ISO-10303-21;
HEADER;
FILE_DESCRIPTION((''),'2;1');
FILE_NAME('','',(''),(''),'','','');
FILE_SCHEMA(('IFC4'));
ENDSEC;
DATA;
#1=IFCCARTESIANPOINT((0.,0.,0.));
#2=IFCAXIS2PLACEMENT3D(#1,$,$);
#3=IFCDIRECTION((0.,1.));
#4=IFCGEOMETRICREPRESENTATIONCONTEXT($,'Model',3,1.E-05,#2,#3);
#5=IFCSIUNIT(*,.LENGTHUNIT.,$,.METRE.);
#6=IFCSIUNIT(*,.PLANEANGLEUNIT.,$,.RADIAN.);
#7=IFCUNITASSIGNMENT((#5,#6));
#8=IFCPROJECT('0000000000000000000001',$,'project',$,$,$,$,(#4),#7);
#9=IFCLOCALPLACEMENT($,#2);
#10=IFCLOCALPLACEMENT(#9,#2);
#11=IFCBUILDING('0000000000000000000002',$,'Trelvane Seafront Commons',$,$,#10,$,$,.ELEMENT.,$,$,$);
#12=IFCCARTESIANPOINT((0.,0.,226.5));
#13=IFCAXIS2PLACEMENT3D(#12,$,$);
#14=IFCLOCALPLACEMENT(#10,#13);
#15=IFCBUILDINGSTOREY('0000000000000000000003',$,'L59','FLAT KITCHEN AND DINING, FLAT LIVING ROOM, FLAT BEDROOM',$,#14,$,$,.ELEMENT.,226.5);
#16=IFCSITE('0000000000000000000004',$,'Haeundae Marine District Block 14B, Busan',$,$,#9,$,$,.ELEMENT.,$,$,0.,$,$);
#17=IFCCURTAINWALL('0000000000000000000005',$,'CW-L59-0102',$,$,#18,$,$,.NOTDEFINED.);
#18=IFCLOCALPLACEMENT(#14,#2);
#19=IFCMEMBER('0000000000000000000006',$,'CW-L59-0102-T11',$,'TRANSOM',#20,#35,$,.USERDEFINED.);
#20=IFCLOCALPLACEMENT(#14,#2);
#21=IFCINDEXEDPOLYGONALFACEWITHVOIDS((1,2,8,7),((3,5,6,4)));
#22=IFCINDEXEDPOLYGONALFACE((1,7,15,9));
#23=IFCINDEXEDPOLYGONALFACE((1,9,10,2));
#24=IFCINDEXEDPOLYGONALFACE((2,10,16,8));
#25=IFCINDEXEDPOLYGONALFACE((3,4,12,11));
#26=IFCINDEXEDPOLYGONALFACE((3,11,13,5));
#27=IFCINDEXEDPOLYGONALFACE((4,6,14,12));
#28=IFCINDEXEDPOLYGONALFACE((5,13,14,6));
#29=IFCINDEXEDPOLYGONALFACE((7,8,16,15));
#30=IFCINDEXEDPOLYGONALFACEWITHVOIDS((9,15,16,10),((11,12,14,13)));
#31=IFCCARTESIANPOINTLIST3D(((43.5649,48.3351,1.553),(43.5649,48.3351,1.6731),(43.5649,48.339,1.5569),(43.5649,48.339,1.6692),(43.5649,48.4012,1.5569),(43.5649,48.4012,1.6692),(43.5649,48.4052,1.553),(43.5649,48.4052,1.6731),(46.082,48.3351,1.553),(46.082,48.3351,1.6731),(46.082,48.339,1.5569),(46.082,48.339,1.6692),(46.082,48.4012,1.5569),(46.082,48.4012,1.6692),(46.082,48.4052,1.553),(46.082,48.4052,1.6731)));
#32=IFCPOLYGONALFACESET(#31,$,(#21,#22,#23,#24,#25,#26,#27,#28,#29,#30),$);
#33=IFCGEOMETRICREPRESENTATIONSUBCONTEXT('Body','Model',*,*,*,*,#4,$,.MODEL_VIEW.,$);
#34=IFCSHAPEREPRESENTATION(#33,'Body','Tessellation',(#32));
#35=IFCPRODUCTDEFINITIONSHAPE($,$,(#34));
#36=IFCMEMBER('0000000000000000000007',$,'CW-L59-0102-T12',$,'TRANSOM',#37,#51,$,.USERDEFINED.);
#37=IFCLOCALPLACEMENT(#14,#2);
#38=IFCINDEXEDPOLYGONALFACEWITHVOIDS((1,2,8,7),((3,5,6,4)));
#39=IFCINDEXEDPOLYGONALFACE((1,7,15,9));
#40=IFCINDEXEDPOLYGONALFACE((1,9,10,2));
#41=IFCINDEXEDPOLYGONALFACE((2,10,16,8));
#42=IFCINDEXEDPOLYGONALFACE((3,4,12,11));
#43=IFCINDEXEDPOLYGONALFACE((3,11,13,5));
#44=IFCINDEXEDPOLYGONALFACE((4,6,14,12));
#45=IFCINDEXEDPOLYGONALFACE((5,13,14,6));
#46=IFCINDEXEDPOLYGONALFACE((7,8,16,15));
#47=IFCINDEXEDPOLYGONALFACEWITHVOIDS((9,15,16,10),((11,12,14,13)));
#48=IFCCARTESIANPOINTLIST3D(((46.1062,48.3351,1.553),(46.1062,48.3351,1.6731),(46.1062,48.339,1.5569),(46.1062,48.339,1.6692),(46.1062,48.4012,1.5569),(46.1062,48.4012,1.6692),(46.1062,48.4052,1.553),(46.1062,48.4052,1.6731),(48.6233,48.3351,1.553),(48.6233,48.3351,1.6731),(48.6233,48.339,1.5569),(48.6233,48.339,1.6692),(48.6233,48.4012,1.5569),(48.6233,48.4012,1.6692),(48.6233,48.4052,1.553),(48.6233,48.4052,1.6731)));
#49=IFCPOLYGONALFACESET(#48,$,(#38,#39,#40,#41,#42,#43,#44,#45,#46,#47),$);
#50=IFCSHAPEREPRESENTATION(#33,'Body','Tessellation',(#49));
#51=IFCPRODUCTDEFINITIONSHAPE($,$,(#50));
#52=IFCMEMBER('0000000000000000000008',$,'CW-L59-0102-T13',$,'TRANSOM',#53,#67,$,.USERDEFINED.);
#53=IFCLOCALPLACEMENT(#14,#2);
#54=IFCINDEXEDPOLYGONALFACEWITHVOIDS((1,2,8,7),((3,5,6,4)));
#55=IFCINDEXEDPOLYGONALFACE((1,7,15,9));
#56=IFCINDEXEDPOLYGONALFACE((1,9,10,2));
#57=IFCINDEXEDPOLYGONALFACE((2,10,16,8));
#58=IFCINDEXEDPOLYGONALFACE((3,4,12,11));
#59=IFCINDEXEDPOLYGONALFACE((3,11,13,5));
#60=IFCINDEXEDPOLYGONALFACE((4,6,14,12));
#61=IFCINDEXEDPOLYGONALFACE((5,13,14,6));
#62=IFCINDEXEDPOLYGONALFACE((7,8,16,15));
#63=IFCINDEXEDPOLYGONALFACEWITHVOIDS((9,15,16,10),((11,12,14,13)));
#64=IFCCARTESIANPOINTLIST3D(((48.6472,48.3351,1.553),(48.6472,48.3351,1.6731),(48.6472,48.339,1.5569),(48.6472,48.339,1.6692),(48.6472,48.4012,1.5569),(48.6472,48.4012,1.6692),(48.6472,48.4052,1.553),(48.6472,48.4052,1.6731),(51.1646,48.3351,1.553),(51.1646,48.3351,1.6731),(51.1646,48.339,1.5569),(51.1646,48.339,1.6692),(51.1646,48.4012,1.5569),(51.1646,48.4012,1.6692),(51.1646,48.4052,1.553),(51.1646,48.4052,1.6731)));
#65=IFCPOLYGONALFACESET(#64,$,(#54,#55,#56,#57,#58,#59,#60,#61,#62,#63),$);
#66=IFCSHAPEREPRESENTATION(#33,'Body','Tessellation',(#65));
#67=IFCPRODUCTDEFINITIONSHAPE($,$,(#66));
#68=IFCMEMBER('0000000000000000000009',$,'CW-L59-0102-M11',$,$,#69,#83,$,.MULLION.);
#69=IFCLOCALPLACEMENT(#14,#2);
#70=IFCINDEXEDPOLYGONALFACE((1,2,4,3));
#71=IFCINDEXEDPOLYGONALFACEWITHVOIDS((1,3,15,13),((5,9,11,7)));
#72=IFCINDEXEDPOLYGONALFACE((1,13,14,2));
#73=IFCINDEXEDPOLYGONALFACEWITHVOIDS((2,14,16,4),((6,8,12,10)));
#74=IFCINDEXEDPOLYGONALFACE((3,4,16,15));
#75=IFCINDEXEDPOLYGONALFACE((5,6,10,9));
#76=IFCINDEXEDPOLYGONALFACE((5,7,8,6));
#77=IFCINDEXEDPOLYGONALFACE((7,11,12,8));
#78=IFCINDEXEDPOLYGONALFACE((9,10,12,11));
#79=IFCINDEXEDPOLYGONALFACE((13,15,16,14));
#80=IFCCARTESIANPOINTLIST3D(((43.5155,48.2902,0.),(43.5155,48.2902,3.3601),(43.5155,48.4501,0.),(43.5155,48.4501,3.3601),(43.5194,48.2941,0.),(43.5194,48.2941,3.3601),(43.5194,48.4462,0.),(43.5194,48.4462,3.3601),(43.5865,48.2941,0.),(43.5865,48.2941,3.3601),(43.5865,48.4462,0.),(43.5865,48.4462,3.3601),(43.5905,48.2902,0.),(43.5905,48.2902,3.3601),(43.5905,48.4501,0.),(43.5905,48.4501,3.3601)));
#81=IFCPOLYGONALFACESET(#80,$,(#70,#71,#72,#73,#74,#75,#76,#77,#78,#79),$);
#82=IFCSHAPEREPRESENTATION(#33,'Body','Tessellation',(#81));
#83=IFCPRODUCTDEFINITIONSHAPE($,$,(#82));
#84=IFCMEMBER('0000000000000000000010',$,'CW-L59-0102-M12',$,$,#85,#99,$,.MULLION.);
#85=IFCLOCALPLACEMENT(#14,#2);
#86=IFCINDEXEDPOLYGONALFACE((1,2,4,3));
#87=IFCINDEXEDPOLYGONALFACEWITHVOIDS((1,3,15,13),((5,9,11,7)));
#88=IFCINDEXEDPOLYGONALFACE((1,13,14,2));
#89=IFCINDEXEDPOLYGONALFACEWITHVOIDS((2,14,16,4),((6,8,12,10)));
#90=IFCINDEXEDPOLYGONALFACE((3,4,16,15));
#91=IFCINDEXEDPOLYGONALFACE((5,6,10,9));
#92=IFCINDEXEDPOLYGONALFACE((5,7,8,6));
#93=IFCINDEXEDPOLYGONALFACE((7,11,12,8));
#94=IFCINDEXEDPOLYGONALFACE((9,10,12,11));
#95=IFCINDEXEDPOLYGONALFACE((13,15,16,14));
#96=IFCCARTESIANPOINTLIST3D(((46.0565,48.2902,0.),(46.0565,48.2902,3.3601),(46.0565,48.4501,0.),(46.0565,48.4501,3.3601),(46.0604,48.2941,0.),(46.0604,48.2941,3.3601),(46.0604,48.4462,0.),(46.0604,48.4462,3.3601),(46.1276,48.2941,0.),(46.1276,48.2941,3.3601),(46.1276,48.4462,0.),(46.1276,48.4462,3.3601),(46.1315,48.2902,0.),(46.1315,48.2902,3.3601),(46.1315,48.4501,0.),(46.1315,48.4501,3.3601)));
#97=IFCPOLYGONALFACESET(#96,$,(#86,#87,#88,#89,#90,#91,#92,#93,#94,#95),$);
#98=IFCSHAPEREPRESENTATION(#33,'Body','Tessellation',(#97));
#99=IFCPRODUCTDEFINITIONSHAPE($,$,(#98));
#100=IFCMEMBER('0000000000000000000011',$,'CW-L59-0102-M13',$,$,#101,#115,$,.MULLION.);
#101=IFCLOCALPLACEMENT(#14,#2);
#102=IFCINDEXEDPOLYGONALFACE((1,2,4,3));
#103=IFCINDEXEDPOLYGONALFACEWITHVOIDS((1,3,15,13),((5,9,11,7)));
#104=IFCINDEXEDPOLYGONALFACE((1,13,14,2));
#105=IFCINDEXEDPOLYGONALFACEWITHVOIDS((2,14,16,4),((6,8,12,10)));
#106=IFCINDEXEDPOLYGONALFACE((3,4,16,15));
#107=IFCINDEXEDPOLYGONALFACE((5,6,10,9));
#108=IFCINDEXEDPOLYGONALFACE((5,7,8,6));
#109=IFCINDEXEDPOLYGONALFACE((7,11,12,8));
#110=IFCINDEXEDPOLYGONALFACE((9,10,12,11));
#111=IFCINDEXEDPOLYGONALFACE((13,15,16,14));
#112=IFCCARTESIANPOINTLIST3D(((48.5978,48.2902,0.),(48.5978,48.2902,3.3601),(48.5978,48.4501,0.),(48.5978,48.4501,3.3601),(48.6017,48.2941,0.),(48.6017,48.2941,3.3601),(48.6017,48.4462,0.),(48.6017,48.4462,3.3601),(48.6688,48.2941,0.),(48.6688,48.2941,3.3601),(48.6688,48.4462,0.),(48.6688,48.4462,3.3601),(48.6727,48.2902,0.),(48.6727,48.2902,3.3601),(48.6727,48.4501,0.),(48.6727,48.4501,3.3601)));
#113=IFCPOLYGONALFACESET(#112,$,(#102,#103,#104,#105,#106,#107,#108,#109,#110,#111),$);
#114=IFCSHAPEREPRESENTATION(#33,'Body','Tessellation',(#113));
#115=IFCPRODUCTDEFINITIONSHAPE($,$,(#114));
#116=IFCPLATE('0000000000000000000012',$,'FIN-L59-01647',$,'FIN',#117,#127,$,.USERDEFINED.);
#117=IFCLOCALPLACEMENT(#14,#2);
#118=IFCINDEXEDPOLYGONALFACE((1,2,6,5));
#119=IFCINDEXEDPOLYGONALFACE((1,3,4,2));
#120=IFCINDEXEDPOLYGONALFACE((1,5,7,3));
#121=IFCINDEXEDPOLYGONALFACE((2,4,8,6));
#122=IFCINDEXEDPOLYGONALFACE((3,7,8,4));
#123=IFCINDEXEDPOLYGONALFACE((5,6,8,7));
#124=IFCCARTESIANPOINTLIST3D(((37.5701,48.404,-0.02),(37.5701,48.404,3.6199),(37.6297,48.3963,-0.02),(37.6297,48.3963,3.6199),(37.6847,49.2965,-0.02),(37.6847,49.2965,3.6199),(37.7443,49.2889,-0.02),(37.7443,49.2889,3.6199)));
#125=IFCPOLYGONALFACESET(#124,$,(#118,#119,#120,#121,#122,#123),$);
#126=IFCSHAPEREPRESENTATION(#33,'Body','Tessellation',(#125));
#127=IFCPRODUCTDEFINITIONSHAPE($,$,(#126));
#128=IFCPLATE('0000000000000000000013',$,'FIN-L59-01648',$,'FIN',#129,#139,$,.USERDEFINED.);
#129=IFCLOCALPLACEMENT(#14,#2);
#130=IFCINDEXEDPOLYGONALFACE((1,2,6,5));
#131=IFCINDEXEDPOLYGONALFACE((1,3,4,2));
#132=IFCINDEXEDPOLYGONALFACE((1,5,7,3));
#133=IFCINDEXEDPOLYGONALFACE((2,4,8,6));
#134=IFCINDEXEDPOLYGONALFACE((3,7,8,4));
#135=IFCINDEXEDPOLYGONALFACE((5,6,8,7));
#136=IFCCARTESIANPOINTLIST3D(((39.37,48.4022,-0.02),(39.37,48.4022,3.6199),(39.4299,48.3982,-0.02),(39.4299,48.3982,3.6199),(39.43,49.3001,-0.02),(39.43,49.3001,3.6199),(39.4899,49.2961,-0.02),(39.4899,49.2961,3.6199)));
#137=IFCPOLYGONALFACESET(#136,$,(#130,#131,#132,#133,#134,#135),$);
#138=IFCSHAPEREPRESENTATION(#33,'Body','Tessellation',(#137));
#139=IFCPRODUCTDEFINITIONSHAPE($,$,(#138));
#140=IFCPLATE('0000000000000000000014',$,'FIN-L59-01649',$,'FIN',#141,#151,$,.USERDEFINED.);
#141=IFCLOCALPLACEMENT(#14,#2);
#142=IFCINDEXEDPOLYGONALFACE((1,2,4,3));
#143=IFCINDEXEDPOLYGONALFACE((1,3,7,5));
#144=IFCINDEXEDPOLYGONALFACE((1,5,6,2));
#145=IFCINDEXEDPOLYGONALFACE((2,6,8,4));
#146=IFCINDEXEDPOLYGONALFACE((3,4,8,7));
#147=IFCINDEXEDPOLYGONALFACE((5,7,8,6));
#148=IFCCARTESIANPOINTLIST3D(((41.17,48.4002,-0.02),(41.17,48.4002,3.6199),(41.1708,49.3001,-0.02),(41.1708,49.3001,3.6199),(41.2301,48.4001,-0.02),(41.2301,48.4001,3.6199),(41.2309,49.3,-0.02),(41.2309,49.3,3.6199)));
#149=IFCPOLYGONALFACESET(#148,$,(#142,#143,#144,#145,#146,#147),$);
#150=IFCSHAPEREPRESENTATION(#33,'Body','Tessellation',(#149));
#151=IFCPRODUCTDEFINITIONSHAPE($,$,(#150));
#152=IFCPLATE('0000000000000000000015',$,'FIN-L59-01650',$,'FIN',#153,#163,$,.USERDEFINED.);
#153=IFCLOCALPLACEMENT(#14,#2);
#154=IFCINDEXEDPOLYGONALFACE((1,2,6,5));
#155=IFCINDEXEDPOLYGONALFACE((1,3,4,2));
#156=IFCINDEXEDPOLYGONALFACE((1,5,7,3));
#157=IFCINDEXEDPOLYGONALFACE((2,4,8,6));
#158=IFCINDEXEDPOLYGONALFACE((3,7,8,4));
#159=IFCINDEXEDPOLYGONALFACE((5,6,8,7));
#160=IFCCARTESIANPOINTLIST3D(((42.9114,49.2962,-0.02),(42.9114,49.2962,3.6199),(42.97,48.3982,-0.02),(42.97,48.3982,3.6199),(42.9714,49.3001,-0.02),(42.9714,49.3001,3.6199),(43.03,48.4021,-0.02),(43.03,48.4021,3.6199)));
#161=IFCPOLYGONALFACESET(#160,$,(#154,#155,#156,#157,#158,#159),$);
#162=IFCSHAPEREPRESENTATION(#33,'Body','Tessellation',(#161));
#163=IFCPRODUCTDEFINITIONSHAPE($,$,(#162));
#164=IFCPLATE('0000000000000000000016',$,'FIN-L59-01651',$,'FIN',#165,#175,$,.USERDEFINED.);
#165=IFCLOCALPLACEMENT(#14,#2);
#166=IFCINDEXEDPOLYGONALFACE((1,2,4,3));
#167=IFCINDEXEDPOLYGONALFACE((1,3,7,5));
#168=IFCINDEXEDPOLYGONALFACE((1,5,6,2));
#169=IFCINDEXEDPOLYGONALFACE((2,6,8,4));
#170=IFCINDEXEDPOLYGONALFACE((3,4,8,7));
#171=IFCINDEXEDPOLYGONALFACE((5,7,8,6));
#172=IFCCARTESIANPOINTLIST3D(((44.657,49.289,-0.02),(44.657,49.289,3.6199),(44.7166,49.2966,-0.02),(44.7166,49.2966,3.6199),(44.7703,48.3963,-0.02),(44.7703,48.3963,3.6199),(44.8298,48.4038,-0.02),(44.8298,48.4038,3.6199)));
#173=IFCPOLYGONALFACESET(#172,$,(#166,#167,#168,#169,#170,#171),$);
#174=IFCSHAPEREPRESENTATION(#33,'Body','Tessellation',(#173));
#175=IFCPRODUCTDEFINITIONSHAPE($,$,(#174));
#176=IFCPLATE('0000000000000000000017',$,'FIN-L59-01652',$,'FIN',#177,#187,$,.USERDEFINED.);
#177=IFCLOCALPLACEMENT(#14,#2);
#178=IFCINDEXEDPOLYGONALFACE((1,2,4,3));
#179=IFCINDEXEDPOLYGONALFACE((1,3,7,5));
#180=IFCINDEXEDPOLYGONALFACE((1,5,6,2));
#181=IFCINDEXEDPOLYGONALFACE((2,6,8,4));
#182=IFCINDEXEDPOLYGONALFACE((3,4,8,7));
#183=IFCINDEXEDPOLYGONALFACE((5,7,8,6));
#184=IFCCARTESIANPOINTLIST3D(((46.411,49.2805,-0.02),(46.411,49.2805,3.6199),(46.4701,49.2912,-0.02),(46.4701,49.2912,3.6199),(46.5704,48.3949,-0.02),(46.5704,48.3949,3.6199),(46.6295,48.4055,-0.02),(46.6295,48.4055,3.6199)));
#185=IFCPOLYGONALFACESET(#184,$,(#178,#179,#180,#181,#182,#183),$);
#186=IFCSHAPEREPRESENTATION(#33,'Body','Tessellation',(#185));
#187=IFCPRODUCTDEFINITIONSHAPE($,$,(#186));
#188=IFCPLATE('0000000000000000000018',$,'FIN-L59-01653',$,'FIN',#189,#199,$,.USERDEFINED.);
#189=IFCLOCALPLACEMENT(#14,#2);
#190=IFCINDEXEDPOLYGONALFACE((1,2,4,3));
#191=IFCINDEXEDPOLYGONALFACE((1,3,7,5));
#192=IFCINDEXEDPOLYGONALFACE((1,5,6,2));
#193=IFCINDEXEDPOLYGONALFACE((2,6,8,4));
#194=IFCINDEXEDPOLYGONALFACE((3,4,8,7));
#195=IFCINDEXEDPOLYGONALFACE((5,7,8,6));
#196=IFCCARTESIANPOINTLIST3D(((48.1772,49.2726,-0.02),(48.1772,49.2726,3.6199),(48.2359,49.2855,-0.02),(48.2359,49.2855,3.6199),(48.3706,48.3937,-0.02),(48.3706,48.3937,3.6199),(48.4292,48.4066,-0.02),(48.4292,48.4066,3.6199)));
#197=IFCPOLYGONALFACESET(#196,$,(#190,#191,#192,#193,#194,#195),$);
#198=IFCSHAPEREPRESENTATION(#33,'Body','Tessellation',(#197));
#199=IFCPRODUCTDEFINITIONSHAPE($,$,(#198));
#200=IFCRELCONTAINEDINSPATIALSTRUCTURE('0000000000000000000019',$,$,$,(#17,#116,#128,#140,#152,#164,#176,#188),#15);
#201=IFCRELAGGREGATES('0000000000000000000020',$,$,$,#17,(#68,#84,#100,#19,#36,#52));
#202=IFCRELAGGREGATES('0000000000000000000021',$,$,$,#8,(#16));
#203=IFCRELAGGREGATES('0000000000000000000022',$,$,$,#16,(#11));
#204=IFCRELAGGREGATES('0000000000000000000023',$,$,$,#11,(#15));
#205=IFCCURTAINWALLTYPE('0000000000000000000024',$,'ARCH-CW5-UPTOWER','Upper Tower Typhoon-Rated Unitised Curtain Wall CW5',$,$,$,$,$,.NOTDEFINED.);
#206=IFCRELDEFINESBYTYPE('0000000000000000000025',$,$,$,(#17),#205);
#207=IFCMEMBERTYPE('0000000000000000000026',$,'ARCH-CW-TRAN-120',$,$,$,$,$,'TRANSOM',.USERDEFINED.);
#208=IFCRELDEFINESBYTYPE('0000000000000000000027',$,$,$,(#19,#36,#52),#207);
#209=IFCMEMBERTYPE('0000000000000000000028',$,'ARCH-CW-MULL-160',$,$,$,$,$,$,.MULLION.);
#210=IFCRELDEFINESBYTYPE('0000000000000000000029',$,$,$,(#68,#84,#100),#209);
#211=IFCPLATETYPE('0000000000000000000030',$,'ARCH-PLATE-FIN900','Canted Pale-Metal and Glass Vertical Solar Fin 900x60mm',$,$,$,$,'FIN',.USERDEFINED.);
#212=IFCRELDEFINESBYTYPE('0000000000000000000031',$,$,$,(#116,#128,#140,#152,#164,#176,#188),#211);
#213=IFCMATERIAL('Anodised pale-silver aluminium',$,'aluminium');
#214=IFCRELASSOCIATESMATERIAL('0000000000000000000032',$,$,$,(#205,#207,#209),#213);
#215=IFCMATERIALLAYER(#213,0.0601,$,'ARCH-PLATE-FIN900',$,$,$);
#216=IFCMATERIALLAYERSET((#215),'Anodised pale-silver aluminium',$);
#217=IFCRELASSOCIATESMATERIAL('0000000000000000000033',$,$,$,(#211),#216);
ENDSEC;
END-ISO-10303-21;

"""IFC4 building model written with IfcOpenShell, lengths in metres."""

from ifc_helpers import new_model, si_unit, direction, frame, origin, origin_2d, place, context, subcontext, project, spatial, rectangle, hollow_rectangle, extrude, source, transform, mapped, material, layer, layer_set, material_profile, profile_set, type_object, element, aggregate, save


model = new_model("IFC4")

# Units and contexts
model_context = context("Model", 3, precision=1e-05, world=origin(), true_north=direction((0.0, 1.0)))
body_context = subcontext(model_context, "Body", "Model", "MODEL_VIEW")
ifc_project = project(units=[si_unit("LENGTHUNIT", "METRE"), si_unit("PLANEANGLEUNIT", "RADIAN")], contexts=[model_context])

# Site, building, storey
site_placement = place(None, origin())
site = spatial("IfcSite", under=ifc_project, at=site_placement, Name="Haeundae Marine District Block 14B, Busan", CompositionType="ELEMENT", RefElevation=0.0)
building_placement = place(site_placement, origin())
building = spatial("IfcBuilding", under=site, at=building_placement, Name="Trelvane Seafront Commons", CompositionType="ELEMENT")
storey_placement = place(building_placement, frame((0.0, 0.0, 226.5)))
storey = spatial("IfcBuildingStorey", under=building, at=storey_placement, Name="L59", Description="FLAT KITCHEN AND DINING, FLAT LIVING ROOM, FLAT BEDROOM", CompositionType="ELEMENT", Elevation=226.5)

# Curtain wall, members
ifc_material_1 = material(Name="Anodised pale-silver aluminium", Category="aluminium")
curtain_wall_type = type_object("IfcCurtainWallType", Name="ARCH-CW5-UPTOWER", Description="Upper Tower Typhoon-Rated Unitised Curtain Wall CW5", PredefinedType="NOTDEFINED", material=ifc_material_1)
curtain_wall_placement = place(storey_placement, origin())
curtain_wall = element("IfcCurtainWall", 1, at=curtain_wall_placement, inside=storey, type_object=curtain_wall_type, Name="CW-L59-0102", PredefinedType="NOTDEFINED")
ifc_material_profile_1 = material_profile(ifc_material_1, hollow_rectangle(XDim=0.0701, YDim=0.1201, WallThickness=0.0039, at=origin_2d()), Name="TRAN-70x120x4")
ifc_profile_set_1 = profile_set([ifc_material_profile_1], Name="Anodised pale-silver aluminium")
member_type_1 = type_object("IfcMemberType", Name="ARCH-CW-TRAN-120", ElementType="TRANSOM", PredefinedType="USERDEFINED", material=ifc_profile_set_1)
shared_shape_1 = source(origin(), body_context, "Body", "SweptSolid", [
    extrude(hollow_rectangle(XDim=0.0701, YDim=0.1201, WallThickness=0.0039, at=origin_2d()), origin(), (0.0, 0.0, 1.0), 2.5171),
])
member_1_placement = place(storey_placement, frame((43.5649, 48.3701, 1.613), z_axis=(1.0, 0.0, 0.0), x_axis=(0.0, 1.0, 0.0)))
member_1 = element("IfcMember", 2, at=member_1_placement, type_object=member_type_1, Name="CW-L59-0102-T11", ObjectType="TRANSOM", PredefinedType="USERDEFINED", context=body_context, shape_type="MappedRepresentation", body=[
    mapped(shared_shape_1, transform((0.0, 0.0, 0.0), x_axis=(1.0, 0.0, 0.0), y_axis=(0.0, 1.0, 0.0), z_axis=(0.0, 0.0, 1.0), scale=1.0)),
])
member_2_placement = place(storey_placement, frame((46.1062, 48.3701, 1.613), z_axis=(1.0, 0.0, 0.0), x_axis=(0.0, 1.0, 0.0)))
member_2 = element("IfcMember", 3, at=member_2_placement, type_object=member_type_1, Name="CW-L59-0102-T12", ObjectType="TRANSOM", PredefinedType="USERDEFINED", context=body_context, shape_type="MappedRepresentation", body=[
    mapped(shared_shape_1, transform((0.0, 0.0, 0.0), x_axis=(1.0, 0.0, 0.0), y_axis=(0.0, 1.0, 0.0), z_axis=(0.0, 0.0, 1.0), scale=1.0)),
])
shared_shape_2 = source(origin(), body_context, "Body", "SweptSolid", [
    extrude(hollow_rectangle(XDim=0.0701, YDim=0.1201, WallThickness=0.0039, at=origin_2d()), origin(), (0.0, 0.0, 1.0), 2.5173),
])
member_3_placement = place(storey_placement, frame((48.6472, 48.3701, 1.613), z_axis=(1.0, 0.0, 0.0), x_axis=(0.0, 1.0, 0.0)))
member_3 = element("IfcMember", 4, at=member_3_placement, type_object=member_type_1, Name="CW-L59-0102-T13", ObjectType="TRANSOM", PredefinedType="USERDEFINED", context=body_context, shape_type="MappedRepresentation", body=[
    mapped(shared_shape_2, transform((0.0, 0.0, 0.0), x_axis=(1.0, 0.0, 0.0), y_axis=(0.0, 1.0, 0.0), z_axis=(0.0, 0.0, 1.0), scale=1.0)),
])
ifc_material_profile_2 = material_profile(ifc_material_1, hollow_rectangle(XDim=0.075, YDim=0.1599, WallThickness=0.0039, at=origin_2d()), Name="MULL-75x160x4")
ifc_profile_set_2 = profile_set([ifc_material_profile_2], Name="Anodised pale-silver aluminium")
member_type_2 = type_object("IfcMemberType", Name="ARCH-CW-MULL-160", PredefinedType="MULLION", material=ifc_profile_set_2)
shared_shape_3 = source(origin(), body_context, "Body", "SweptSolid", [
    extrude(hollow_rectangle(XDim=0.075, YDim=0.1599, WallThickness=0.0039, at=origin_2d()), origin(), (0.0, 0.0, 1.0), 3.3601),
])
member_4_placement = place(storey_placement, frame((43.553, 48.3701, 0.0), z_axis=(0.0, 0.0, 1.0), x_axis=(1.0, 0.0, 0.0)))
member_4 = element("IfcMember", 5, at=member_4_placement, type_object=member_type_2, Name="CW-L59-0102-M11", PredefinedType="MULLION", context=body_context, shape_type="MappedRepresentation", body=[
    mapped(shared_shape_3, transform((0.0, 0.0, 0.0), x_axis=(1.0, 0.0, 0.0), y_axis=(0.0, 1.0, 0.0), z_axis=(0.0, 0.0, 1.0), scale=1.0)),
])
member_5_placement = place(storey_placement, frame((46.094, 48.3701, 0.0), z_axis=(0.0, 0.0, 1.0), x_axis=(1.0, 0.0, 0.0)))
member_5 = element("IfcMember", 6, at=member_5_placement, type_object=member_type_2, Name="CW-L59-0102-M12", PredefinedType="MULLION", context=body_context, shape_type="MappedRepresentation", body=[
    mapped(shared_shape_3, transform((0.0, 0.0, 0.0), x_axis=(1.0, 0.0, 0.0), y_axis=(0.0, 1.0, 0.0), z_axis=(0.0, 0.0, 1.0), scale=1.0)),
])
member_6_placement = place(storey_placement, frame((48.6353, 48.3701, 0.0), z_axis=(0.0, 0.0, 1.0), x_axis=(1.0, 0.0, 0.0)))
member_6 = element("IfcMember", 7, at=member_6_placement, type_object=member_type_2, Name="CW-L59-0102-M13", PredefinedType="MULLION", context=body_context, shape_type="MappedRepresentation", body=[
    mapped(shared_shape_3, transform((0.0, 0.0, 0.0), x_axis=(1.0, 0.0, 0.0), y_axis=(0.0, 1.0, 0.0), z_axis=(0.0, 0.0, 1.0), scale=1.0)),
])

# Plates
ifc_layer_1 = layer(ifc_material_1, 0.0601, Name="ARCH-PLATE-FIN900")
ifc_layer_set_1 = layer_set([ifc_layer_1], Name="Anodised pale-silver aluminium")
plate_type_1 = type_object("IfcPlateType", Name="ARCH-PLATE-FIN900", Description="Canted Pale-Metal and Glass Vertical Solar Fin 900x60mm", ElementType="FIN", PredefinedType="USERDEFINED", material=ifc_layer_set_1)
shared_shape_4 = source(origin(), body_context, "Body", "SweptSolid", [
    extrude(rectangle(XDim=0.8999, YDim=0.0601, at=origin_2d()), origin(), (0.0, 0.0, 1.0), 3.6399),
])
for number, where, z_axis, x_axis, name in (
    (8, (37.6572, 48.8464, -0.02), (0.0, 0.0, 1.0), (0.127329, 0.99186, 0.0), "FIN-L59-01647"),
    (9, (39.4299, 48.8491, -0.02), (0.0, 0.0, 1.0), (0.066666, 0.997775, 0.0), "FIN-L59-01648"),
    (10, (41.2004, 48.8501, -0.02), (0.0, 0.0, 1.0), (0.000888, 1.0, 0.0), "FIN-L59-01649"),
    (11, (42.9707, 48.8491, -0.02), (0.0, 0.0, 1.0), (-0.065111, 0.997878, 0.0), "FIN-L59-01650"),
    (12, (44.7434, 48.8464, -0.02), (0.0, 0.0, 1.0), (-0.125894, 0.992044, 0.0), "FIN-L59-01651"),
    (13, (46.5203, 48.843, -0.02), (0.0, 0.0, 1.0), (-0.177105, 0.984192, 0.0), "FIN-L59-01652"),
    (14, (48.3032, 48.8396, -0.02), (0.0, 0.0, 1.0), (-0.214884, 0.97664, 0.0), "FIN-L59-01653"),
):
    element("IfcPlate", number, at=place(storey_placement, frame(where, z_axis=z_axis, x_axis=x_axis)), inside=storey, type_object=plate_type_1, Name=name, ObjectType="FIN", PredefinedType="USERDEFINED", context=body_context, shape_type="MappedRepresentation", body=[
        mapped(shared_shape_4, transform((0.0, 0.0, 0.0), x_axis=(1.0, 0.0, 0.0), y_axis=(0.0, 1.0, 0.0), z_axis=(0.0, 0.0, 1.0), scale=1.0)),
    ])

aggregate(curtain_wall, [member_4, member_5, member_6, member_1, member_2, member_3])

save(model, "model.ifc")
